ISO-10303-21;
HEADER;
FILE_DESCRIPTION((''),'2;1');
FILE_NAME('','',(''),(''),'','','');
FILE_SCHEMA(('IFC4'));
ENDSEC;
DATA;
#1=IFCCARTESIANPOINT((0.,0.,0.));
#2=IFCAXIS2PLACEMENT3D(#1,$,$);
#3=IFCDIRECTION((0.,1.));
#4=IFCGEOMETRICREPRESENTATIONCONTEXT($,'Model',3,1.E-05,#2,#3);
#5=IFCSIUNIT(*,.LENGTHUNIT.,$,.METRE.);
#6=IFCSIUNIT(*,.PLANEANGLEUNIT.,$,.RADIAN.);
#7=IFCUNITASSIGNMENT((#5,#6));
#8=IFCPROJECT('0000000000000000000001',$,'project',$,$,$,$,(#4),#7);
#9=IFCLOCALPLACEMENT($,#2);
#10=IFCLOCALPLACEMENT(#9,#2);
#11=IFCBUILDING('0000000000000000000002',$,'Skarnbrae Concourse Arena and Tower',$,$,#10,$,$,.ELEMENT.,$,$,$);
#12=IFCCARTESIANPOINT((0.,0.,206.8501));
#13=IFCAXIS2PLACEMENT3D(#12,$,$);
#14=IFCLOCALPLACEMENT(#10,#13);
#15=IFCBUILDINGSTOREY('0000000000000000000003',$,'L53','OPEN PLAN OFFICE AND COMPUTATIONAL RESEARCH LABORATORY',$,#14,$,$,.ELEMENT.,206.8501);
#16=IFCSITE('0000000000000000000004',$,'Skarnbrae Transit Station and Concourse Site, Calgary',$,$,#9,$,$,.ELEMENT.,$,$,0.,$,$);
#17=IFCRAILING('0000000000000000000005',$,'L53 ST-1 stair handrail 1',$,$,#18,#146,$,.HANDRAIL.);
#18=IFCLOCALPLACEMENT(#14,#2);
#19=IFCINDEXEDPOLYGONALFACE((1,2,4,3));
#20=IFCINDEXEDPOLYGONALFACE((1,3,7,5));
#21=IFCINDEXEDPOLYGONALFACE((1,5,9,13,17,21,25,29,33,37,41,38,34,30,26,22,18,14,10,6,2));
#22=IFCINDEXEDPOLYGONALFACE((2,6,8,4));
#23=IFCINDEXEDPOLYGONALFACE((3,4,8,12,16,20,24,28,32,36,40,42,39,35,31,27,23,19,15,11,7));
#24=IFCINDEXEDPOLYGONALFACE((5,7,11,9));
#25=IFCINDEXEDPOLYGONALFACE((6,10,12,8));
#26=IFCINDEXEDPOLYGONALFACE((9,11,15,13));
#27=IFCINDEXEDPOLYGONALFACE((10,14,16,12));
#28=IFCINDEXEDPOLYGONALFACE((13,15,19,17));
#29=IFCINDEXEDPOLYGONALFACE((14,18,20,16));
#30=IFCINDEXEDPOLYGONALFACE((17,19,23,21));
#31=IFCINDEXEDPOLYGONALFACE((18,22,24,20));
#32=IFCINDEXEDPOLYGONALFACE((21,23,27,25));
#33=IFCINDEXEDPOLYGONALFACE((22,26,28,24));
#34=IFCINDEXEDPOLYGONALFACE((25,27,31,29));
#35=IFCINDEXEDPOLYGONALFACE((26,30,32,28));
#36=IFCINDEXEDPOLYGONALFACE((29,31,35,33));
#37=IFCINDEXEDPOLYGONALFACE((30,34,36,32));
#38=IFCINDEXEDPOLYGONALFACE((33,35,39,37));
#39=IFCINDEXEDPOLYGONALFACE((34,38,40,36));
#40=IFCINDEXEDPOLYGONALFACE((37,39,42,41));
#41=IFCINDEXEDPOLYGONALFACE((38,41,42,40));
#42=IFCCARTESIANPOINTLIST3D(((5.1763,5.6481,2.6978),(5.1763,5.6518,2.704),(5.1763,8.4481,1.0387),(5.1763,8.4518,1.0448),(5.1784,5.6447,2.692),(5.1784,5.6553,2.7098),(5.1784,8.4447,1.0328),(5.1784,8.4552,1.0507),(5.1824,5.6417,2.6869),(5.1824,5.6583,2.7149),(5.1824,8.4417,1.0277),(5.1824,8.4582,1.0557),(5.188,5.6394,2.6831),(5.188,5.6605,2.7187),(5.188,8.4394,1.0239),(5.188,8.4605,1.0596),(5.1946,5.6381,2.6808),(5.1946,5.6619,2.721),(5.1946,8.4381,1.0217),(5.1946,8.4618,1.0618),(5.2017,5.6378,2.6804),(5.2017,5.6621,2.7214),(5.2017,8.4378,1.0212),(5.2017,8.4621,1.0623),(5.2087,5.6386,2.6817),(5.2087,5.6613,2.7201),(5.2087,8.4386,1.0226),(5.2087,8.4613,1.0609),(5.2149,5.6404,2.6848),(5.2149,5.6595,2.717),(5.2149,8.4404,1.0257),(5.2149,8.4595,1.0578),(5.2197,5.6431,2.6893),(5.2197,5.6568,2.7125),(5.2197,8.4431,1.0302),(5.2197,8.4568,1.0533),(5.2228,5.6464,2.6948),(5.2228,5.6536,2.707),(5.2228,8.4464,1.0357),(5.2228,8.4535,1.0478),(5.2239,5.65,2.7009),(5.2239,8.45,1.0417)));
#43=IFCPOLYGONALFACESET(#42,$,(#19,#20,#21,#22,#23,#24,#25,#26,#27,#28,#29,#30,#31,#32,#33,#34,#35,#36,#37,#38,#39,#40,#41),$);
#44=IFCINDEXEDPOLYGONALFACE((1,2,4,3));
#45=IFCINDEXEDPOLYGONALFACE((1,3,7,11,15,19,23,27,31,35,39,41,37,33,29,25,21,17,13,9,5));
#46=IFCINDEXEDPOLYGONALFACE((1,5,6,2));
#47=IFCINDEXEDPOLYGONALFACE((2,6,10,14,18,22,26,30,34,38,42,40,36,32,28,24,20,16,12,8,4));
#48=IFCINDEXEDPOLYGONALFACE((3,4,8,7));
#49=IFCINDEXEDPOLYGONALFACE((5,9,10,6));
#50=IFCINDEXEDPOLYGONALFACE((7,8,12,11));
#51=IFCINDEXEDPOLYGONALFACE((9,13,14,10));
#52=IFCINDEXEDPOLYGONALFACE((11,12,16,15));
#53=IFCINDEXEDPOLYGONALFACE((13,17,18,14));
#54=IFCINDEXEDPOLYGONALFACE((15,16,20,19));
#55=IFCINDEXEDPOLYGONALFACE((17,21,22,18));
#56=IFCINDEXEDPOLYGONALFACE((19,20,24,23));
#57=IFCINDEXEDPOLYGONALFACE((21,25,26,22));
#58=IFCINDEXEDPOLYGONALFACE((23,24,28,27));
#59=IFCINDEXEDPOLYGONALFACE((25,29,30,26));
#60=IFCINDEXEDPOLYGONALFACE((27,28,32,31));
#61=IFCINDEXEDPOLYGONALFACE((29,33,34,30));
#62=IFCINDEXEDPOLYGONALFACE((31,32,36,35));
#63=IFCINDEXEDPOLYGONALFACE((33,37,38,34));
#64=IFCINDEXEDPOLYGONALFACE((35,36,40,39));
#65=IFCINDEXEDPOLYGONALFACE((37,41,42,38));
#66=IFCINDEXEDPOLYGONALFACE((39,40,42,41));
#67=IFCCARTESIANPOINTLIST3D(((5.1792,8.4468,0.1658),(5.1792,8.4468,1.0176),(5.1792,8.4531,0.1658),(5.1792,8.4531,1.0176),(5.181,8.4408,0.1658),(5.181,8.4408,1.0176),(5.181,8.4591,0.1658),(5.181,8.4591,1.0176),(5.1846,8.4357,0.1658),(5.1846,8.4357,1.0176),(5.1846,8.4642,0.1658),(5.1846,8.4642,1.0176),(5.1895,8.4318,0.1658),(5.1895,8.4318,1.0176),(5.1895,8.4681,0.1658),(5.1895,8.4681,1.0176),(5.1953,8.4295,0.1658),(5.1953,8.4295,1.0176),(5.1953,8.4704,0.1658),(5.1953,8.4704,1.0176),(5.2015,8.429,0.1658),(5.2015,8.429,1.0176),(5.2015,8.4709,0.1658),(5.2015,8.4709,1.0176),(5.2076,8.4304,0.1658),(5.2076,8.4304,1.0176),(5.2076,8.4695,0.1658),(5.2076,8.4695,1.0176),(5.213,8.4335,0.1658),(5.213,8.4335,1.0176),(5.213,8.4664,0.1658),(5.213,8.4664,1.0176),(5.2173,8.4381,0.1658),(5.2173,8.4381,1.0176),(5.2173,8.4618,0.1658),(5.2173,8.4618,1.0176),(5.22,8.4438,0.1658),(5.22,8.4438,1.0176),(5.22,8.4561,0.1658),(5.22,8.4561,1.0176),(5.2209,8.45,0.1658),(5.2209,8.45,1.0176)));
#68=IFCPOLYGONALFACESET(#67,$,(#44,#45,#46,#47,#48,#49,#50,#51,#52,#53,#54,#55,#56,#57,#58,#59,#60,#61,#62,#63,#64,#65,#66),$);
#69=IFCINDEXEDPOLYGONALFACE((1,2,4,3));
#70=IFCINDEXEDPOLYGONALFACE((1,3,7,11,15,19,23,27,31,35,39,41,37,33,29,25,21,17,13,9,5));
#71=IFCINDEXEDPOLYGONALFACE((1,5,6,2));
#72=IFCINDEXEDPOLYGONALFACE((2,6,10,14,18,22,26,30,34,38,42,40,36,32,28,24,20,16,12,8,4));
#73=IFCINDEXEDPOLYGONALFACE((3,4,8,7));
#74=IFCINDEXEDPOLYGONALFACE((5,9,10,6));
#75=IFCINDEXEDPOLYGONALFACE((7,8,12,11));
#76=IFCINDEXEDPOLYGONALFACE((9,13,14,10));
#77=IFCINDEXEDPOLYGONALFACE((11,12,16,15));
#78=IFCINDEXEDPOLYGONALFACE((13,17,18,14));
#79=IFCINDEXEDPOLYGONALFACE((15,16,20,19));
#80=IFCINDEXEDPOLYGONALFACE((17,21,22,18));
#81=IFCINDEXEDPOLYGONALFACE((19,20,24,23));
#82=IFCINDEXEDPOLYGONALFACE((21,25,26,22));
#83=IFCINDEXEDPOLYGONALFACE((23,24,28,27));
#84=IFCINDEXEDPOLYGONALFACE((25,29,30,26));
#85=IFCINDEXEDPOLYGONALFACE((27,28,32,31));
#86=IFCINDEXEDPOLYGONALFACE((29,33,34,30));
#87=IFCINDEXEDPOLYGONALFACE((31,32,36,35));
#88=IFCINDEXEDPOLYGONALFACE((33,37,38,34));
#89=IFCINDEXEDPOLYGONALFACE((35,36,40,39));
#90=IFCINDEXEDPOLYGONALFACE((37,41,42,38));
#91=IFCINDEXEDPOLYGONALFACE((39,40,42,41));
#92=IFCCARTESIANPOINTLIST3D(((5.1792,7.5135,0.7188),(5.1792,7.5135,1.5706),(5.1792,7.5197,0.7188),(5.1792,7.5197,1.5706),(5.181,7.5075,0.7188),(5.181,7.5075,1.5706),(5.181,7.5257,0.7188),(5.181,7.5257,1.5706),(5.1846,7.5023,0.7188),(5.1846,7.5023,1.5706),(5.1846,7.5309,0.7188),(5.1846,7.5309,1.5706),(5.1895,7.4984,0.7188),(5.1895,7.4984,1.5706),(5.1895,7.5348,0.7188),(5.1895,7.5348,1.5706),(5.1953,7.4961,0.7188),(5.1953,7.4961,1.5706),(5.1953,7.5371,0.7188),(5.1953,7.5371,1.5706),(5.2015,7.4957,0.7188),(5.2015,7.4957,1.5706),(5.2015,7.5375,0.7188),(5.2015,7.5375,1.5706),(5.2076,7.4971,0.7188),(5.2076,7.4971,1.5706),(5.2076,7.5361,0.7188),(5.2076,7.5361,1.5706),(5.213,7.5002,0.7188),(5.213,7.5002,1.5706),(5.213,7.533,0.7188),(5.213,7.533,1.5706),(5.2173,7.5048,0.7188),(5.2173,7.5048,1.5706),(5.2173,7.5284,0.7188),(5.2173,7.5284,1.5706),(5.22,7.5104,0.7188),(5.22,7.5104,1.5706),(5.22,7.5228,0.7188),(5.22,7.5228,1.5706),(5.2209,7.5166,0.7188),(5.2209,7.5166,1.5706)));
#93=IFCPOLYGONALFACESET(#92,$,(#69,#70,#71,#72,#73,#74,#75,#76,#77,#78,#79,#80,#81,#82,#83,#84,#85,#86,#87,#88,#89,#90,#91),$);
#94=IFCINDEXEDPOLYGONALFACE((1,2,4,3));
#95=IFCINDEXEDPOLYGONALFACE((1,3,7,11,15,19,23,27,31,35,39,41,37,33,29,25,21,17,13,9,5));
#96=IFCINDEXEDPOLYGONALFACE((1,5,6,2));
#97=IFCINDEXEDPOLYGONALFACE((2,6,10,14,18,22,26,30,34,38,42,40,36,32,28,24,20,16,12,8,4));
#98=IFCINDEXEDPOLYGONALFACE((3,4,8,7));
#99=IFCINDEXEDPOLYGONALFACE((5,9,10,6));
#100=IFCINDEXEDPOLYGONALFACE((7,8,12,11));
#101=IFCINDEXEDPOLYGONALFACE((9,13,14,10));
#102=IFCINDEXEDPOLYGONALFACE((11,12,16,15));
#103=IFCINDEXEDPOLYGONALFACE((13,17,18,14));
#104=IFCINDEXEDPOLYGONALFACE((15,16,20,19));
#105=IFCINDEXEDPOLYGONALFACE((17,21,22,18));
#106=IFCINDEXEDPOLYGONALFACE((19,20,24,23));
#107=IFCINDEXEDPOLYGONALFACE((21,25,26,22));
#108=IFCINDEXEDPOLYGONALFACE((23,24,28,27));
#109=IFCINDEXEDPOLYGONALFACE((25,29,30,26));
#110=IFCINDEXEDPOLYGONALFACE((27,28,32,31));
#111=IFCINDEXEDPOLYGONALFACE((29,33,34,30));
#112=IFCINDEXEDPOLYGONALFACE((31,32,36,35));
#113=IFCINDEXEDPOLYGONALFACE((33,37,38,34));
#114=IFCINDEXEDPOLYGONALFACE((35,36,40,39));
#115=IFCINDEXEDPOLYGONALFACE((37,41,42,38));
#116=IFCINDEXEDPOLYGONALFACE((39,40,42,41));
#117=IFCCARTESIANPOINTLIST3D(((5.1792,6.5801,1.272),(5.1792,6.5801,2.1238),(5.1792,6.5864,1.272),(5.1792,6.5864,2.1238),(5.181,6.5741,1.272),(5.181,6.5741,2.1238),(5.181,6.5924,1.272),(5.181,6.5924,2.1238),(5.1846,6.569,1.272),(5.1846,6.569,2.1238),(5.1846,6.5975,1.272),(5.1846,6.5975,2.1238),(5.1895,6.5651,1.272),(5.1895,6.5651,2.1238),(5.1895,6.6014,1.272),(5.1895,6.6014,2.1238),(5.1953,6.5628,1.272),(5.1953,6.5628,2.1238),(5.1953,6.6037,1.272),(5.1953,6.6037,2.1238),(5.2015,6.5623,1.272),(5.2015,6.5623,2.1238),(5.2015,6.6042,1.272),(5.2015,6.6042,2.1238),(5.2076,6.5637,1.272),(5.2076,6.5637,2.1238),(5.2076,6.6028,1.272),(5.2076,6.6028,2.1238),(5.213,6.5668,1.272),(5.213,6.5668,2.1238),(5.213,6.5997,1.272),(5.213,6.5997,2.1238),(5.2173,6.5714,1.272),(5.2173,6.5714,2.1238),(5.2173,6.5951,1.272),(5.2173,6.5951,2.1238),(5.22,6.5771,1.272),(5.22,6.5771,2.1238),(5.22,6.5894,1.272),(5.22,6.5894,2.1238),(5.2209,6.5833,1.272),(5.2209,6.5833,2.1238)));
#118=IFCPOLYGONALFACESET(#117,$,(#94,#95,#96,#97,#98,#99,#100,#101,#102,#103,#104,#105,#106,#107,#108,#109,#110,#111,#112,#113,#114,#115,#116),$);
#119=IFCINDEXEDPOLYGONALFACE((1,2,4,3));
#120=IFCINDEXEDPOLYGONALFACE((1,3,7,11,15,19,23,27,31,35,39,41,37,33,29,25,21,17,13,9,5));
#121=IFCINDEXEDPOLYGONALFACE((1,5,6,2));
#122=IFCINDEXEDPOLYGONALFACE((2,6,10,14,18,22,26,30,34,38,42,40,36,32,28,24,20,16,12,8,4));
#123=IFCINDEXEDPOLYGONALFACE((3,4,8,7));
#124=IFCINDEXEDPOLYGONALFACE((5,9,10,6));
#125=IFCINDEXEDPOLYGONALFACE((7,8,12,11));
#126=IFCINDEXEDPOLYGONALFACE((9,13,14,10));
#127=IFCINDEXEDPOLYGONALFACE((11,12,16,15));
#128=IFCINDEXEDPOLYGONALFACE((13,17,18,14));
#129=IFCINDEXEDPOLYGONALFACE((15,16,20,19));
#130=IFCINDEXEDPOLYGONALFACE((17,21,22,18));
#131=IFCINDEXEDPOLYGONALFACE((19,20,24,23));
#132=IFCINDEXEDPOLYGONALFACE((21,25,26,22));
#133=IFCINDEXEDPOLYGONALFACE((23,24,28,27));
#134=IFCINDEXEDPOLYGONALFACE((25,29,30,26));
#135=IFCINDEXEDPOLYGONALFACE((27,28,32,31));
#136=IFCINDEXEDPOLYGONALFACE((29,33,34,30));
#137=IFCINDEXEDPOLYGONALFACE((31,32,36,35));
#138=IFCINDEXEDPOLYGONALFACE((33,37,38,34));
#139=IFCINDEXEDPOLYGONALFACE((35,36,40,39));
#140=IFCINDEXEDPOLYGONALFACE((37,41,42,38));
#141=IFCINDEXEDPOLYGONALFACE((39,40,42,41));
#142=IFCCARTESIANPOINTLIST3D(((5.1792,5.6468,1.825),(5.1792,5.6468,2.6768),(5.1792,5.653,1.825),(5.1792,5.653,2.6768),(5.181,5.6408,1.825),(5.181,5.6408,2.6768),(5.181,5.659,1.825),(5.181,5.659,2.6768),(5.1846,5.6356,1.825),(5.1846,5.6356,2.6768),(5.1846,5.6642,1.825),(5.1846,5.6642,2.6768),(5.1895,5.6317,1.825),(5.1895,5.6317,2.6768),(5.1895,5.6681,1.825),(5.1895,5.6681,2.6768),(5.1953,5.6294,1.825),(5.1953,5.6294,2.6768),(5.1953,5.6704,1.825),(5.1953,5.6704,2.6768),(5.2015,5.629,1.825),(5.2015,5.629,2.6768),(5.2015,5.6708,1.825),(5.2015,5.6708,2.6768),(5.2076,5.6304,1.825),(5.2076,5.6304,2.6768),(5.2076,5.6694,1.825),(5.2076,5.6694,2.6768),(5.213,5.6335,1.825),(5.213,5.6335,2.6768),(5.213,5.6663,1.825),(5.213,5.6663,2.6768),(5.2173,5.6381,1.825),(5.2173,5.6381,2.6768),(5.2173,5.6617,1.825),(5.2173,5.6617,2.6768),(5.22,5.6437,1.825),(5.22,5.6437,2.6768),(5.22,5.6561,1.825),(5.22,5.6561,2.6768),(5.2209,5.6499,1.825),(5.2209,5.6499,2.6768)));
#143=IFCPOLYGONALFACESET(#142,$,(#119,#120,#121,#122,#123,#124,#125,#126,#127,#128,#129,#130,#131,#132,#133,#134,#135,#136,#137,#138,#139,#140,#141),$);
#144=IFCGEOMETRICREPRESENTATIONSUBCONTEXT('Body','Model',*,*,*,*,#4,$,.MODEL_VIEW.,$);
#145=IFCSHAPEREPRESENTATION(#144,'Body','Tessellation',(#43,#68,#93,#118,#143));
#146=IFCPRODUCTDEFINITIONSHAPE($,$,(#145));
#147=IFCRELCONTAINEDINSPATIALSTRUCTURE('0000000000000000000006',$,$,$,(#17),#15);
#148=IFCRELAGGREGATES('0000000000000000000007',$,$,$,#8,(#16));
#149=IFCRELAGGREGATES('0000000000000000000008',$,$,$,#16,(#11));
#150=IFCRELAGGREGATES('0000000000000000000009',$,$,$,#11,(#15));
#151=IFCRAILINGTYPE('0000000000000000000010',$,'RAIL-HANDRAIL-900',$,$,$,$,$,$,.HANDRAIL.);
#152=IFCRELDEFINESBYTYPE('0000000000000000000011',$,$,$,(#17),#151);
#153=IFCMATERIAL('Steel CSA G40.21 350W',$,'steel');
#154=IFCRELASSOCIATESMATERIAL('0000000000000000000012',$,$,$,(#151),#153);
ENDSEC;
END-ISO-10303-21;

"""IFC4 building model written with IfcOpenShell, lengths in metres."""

from ifc_helpers import new_model, si_unit, direction, frame, origin, origin_2d, place, context, subcontext, project, spatial, circle, extrude, material, type_object, element, save


model = new_model("IFC4")

# Units and contexts
model_context = context("Model", 3, precision=1e-05, world=origin(), true_north=direction((0.0, 1.0)))
body_context = subcontext(model_context, "Body", "Model", "MODEL_VIEW")
ifc_project = project(units=[si_unit("LENGTHUNIT", "METRE"), si_unit("PLANEANGLEUNIT", "RADIAN")], contexts=[model_context])

# Site, building, storey
site_placement = place(None, origin())
site = spatial("IfcSite", under=ifc_project, at=site_placement, Name="Skarnbrae Transit Station and Concourse Site, Calgary", CompositionType="ELEMENT", RefElevation=0.0)
building_placement = place(site_placement, origin())
building = spatial("IfcBuilding", under=site, at=building_placement, Name="Skarnbrae Concourse Arena and Tower", CompositionType="ELEMENT")
storey_placement = place(building_placement, frame((0.0, 0.0, 206.8501)))
storey = spatial("IfcBuildingStorey", under=building, at=storey_placement, Name="L53", Description="OPEN PLAN OFFICE AND COMPUTATIONAL RESEARCH LABORATORY", CompositionType="ELEMENT", Elevation=206.8501)

# Railing
ifc_material_1 = material(Name="Steel CSA G40.21 350W", Category="steel")
railing_type_1 = type_object("IfcRailingType", Name="RAIL-HANDRAIL-900", PredefinedType="HANDRAIL", material=ifc_material_1)
railing_1_placement = place(storey_placement, frame((5.2, 8.45, 0.1658)))
element("IfcRailing", 1, at=railing_1_placement, inside=storey, type_object=railing_type_1, Name="L53 ST-1 stair handrail 1", PredefinedType="HANDRAIL", context=body_context, shape_type="SweptSolid", body=[
    extrude(circle(Radius=0.0239, at=origin_2d()), frame((0.0, 0.0, 0.876), z_axis=(0.0, -0.860306, 0.509778), x_axis=(1.0, 0.0, 0.0)), (0.0, 0.0, 1.0), 3.2546),
    extrude(circle(Radius=0.021, at=origin_2d()), origin(), (0.0, 0.0, 1.0), 0.8518),
    extrude(circle(Radius=0.021, at=origin_2d()), frame((0.0, -0.9333, 0.553)), (0.0, 0.0, 1.0), 0.8518),
    extrude(circle(Radius=0.021, at=origin_2d()), frame((0.0, -1.8667, 1.1062)), (0.0, 0.0, 1.0), 0.8518),
    extrude(circle(Radius=0.021, at=origin_2d()), frame((0.0, -2.8, 1.6592)), (0.0, 0.0, 1.0), 0.8518),
])

save(model, "model.ifc")
